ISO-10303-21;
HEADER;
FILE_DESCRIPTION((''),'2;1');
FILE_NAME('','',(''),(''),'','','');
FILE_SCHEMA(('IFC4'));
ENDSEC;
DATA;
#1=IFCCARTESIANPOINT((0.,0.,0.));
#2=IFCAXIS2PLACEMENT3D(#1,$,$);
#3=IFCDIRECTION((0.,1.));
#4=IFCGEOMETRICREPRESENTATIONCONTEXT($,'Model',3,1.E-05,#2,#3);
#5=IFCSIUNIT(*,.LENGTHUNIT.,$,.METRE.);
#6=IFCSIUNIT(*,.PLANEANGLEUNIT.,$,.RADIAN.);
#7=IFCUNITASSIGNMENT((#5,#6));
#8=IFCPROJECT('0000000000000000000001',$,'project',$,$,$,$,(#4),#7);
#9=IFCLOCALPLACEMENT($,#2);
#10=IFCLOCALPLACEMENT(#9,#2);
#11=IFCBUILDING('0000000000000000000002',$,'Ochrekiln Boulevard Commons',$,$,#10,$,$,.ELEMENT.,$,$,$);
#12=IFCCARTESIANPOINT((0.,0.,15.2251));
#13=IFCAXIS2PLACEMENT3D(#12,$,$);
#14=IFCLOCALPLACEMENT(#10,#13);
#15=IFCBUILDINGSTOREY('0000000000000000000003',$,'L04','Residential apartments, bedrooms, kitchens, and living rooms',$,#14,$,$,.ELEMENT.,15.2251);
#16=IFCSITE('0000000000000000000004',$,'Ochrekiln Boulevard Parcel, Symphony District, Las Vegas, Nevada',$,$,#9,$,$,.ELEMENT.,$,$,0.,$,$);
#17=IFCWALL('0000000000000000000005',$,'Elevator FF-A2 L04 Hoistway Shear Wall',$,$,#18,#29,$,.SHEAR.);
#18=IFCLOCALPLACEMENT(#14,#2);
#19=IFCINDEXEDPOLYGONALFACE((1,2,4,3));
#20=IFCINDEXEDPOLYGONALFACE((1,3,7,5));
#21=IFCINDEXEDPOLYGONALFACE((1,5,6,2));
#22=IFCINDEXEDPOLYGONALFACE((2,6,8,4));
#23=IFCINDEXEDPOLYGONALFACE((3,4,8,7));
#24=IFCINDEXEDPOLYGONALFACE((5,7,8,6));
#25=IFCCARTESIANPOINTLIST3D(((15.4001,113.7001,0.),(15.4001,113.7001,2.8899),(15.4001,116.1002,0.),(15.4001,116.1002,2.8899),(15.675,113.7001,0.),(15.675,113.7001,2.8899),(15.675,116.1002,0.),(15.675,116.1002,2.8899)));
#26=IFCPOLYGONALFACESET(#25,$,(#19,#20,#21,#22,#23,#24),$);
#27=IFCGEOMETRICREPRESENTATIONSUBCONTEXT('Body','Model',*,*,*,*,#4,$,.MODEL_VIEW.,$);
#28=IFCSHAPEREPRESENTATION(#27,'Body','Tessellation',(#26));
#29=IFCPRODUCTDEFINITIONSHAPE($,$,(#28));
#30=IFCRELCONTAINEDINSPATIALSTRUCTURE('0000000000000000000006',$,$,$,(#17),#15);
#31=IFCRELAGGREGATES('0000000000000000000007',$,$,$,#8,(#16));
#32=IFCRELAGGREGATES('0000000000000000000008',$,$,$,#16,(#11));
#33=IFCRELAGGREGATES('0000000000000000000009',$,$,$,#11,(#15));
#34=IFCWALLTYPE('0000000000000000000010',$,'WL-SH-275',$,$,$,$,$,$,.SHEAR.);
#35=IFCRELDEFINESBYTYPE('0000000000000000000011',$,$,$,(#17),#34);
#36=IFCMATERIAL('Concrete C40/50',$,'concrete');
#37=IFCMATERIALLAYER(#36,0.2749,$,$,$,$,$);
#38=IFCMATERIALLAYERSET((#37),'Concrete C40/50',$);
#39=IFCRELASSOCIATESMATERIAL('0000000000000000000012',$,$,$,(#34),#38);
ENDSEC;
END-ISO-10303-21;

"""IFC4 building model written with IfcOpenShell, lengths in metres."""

from ifc_helpers import new_model, si_unit, direction, frame, frame_2d, origin, place, context, subcontext, project, spatial, rectangle, extrude, material, layer, layer_set, type_object, element, save


model = new_model("IFC4")

# Units and contexts
model_context = context("Model", 3, precision=1e-05, world=origin(), true_north=direction((0.0, 1.0)))
body_context = subcontext(model_context, "Body", "Model", "MODEL_VIEW")
ifc_project = project(units=[si_unit("LENGTHUNIT", "METRE"), si_unit("PLANEANGLEUNIT", "RADIAN")], contexts=[model_context])

# Site, building, storey
site_placement = place(None, origin())
site = spatial("IfcSite", under=ifc_project, at=site_placement, Name="Ochrekiln Boulevard Parcel, Symphony District, Las Vegas, Nevada", CompositionType="ELEMENT", RefElevation=0.0)
building_placement = place(site_placement, origin())
building = spatial("IfcBuilding", under=site, at=building_placement, Name="Ochrekiln Boulevard Commons", CompositionType="ELEMENT")
storey_placement = place(building_placement, frame((0.0, 0.0, 15.2251)))
storey = spatial("IfcBuildingStorey", under=building, at=storey_placement, Name="L04", Description="Residential apartments, bedrooms, kitchens, and living rooms", CompositionType="ELEMENT", Elevation=15.2251)

# Shared definitions
ifc_material_1 = material(Name="Concrete C40/50", Category="concrete")

# Shared definitions
ifc_layer_1 = layer(ifc_material_1, 0.2749)
ifc_layer_set_1 = layer_set([ifc_layer_1], Name="Concrete C40/50")
wall_type_1 = type_object("IfcWallType", Name="WL-SH-275", PredefinedType="SHEAR", material=ifc_layer_set_1)

# Wall
wall_1_placement = place(storey_placement, frame((15.5376, 113.7, 0.0), z_axis=(0.0, 0.0, 1.0), x_axis=(0.0, 1.0, 0.0)))
element("IfcWall", 1, at=wall_1_placement, inside=storey, type_object=wall_type_1, Name="Elevator FF-A2 L04 Hoistway Shear Wall", PredefinedType="SHEAR", context=body_context, shape_type="SweptSolid", body=[
    extrude(rectangle(XDim=2.4001, YDim=0.2749, at=frame_2d((1.2002, 0.0))), origin(), (0.0, 0.0, 1.0), 2.8899),
])

save(model, "model.ifc")
